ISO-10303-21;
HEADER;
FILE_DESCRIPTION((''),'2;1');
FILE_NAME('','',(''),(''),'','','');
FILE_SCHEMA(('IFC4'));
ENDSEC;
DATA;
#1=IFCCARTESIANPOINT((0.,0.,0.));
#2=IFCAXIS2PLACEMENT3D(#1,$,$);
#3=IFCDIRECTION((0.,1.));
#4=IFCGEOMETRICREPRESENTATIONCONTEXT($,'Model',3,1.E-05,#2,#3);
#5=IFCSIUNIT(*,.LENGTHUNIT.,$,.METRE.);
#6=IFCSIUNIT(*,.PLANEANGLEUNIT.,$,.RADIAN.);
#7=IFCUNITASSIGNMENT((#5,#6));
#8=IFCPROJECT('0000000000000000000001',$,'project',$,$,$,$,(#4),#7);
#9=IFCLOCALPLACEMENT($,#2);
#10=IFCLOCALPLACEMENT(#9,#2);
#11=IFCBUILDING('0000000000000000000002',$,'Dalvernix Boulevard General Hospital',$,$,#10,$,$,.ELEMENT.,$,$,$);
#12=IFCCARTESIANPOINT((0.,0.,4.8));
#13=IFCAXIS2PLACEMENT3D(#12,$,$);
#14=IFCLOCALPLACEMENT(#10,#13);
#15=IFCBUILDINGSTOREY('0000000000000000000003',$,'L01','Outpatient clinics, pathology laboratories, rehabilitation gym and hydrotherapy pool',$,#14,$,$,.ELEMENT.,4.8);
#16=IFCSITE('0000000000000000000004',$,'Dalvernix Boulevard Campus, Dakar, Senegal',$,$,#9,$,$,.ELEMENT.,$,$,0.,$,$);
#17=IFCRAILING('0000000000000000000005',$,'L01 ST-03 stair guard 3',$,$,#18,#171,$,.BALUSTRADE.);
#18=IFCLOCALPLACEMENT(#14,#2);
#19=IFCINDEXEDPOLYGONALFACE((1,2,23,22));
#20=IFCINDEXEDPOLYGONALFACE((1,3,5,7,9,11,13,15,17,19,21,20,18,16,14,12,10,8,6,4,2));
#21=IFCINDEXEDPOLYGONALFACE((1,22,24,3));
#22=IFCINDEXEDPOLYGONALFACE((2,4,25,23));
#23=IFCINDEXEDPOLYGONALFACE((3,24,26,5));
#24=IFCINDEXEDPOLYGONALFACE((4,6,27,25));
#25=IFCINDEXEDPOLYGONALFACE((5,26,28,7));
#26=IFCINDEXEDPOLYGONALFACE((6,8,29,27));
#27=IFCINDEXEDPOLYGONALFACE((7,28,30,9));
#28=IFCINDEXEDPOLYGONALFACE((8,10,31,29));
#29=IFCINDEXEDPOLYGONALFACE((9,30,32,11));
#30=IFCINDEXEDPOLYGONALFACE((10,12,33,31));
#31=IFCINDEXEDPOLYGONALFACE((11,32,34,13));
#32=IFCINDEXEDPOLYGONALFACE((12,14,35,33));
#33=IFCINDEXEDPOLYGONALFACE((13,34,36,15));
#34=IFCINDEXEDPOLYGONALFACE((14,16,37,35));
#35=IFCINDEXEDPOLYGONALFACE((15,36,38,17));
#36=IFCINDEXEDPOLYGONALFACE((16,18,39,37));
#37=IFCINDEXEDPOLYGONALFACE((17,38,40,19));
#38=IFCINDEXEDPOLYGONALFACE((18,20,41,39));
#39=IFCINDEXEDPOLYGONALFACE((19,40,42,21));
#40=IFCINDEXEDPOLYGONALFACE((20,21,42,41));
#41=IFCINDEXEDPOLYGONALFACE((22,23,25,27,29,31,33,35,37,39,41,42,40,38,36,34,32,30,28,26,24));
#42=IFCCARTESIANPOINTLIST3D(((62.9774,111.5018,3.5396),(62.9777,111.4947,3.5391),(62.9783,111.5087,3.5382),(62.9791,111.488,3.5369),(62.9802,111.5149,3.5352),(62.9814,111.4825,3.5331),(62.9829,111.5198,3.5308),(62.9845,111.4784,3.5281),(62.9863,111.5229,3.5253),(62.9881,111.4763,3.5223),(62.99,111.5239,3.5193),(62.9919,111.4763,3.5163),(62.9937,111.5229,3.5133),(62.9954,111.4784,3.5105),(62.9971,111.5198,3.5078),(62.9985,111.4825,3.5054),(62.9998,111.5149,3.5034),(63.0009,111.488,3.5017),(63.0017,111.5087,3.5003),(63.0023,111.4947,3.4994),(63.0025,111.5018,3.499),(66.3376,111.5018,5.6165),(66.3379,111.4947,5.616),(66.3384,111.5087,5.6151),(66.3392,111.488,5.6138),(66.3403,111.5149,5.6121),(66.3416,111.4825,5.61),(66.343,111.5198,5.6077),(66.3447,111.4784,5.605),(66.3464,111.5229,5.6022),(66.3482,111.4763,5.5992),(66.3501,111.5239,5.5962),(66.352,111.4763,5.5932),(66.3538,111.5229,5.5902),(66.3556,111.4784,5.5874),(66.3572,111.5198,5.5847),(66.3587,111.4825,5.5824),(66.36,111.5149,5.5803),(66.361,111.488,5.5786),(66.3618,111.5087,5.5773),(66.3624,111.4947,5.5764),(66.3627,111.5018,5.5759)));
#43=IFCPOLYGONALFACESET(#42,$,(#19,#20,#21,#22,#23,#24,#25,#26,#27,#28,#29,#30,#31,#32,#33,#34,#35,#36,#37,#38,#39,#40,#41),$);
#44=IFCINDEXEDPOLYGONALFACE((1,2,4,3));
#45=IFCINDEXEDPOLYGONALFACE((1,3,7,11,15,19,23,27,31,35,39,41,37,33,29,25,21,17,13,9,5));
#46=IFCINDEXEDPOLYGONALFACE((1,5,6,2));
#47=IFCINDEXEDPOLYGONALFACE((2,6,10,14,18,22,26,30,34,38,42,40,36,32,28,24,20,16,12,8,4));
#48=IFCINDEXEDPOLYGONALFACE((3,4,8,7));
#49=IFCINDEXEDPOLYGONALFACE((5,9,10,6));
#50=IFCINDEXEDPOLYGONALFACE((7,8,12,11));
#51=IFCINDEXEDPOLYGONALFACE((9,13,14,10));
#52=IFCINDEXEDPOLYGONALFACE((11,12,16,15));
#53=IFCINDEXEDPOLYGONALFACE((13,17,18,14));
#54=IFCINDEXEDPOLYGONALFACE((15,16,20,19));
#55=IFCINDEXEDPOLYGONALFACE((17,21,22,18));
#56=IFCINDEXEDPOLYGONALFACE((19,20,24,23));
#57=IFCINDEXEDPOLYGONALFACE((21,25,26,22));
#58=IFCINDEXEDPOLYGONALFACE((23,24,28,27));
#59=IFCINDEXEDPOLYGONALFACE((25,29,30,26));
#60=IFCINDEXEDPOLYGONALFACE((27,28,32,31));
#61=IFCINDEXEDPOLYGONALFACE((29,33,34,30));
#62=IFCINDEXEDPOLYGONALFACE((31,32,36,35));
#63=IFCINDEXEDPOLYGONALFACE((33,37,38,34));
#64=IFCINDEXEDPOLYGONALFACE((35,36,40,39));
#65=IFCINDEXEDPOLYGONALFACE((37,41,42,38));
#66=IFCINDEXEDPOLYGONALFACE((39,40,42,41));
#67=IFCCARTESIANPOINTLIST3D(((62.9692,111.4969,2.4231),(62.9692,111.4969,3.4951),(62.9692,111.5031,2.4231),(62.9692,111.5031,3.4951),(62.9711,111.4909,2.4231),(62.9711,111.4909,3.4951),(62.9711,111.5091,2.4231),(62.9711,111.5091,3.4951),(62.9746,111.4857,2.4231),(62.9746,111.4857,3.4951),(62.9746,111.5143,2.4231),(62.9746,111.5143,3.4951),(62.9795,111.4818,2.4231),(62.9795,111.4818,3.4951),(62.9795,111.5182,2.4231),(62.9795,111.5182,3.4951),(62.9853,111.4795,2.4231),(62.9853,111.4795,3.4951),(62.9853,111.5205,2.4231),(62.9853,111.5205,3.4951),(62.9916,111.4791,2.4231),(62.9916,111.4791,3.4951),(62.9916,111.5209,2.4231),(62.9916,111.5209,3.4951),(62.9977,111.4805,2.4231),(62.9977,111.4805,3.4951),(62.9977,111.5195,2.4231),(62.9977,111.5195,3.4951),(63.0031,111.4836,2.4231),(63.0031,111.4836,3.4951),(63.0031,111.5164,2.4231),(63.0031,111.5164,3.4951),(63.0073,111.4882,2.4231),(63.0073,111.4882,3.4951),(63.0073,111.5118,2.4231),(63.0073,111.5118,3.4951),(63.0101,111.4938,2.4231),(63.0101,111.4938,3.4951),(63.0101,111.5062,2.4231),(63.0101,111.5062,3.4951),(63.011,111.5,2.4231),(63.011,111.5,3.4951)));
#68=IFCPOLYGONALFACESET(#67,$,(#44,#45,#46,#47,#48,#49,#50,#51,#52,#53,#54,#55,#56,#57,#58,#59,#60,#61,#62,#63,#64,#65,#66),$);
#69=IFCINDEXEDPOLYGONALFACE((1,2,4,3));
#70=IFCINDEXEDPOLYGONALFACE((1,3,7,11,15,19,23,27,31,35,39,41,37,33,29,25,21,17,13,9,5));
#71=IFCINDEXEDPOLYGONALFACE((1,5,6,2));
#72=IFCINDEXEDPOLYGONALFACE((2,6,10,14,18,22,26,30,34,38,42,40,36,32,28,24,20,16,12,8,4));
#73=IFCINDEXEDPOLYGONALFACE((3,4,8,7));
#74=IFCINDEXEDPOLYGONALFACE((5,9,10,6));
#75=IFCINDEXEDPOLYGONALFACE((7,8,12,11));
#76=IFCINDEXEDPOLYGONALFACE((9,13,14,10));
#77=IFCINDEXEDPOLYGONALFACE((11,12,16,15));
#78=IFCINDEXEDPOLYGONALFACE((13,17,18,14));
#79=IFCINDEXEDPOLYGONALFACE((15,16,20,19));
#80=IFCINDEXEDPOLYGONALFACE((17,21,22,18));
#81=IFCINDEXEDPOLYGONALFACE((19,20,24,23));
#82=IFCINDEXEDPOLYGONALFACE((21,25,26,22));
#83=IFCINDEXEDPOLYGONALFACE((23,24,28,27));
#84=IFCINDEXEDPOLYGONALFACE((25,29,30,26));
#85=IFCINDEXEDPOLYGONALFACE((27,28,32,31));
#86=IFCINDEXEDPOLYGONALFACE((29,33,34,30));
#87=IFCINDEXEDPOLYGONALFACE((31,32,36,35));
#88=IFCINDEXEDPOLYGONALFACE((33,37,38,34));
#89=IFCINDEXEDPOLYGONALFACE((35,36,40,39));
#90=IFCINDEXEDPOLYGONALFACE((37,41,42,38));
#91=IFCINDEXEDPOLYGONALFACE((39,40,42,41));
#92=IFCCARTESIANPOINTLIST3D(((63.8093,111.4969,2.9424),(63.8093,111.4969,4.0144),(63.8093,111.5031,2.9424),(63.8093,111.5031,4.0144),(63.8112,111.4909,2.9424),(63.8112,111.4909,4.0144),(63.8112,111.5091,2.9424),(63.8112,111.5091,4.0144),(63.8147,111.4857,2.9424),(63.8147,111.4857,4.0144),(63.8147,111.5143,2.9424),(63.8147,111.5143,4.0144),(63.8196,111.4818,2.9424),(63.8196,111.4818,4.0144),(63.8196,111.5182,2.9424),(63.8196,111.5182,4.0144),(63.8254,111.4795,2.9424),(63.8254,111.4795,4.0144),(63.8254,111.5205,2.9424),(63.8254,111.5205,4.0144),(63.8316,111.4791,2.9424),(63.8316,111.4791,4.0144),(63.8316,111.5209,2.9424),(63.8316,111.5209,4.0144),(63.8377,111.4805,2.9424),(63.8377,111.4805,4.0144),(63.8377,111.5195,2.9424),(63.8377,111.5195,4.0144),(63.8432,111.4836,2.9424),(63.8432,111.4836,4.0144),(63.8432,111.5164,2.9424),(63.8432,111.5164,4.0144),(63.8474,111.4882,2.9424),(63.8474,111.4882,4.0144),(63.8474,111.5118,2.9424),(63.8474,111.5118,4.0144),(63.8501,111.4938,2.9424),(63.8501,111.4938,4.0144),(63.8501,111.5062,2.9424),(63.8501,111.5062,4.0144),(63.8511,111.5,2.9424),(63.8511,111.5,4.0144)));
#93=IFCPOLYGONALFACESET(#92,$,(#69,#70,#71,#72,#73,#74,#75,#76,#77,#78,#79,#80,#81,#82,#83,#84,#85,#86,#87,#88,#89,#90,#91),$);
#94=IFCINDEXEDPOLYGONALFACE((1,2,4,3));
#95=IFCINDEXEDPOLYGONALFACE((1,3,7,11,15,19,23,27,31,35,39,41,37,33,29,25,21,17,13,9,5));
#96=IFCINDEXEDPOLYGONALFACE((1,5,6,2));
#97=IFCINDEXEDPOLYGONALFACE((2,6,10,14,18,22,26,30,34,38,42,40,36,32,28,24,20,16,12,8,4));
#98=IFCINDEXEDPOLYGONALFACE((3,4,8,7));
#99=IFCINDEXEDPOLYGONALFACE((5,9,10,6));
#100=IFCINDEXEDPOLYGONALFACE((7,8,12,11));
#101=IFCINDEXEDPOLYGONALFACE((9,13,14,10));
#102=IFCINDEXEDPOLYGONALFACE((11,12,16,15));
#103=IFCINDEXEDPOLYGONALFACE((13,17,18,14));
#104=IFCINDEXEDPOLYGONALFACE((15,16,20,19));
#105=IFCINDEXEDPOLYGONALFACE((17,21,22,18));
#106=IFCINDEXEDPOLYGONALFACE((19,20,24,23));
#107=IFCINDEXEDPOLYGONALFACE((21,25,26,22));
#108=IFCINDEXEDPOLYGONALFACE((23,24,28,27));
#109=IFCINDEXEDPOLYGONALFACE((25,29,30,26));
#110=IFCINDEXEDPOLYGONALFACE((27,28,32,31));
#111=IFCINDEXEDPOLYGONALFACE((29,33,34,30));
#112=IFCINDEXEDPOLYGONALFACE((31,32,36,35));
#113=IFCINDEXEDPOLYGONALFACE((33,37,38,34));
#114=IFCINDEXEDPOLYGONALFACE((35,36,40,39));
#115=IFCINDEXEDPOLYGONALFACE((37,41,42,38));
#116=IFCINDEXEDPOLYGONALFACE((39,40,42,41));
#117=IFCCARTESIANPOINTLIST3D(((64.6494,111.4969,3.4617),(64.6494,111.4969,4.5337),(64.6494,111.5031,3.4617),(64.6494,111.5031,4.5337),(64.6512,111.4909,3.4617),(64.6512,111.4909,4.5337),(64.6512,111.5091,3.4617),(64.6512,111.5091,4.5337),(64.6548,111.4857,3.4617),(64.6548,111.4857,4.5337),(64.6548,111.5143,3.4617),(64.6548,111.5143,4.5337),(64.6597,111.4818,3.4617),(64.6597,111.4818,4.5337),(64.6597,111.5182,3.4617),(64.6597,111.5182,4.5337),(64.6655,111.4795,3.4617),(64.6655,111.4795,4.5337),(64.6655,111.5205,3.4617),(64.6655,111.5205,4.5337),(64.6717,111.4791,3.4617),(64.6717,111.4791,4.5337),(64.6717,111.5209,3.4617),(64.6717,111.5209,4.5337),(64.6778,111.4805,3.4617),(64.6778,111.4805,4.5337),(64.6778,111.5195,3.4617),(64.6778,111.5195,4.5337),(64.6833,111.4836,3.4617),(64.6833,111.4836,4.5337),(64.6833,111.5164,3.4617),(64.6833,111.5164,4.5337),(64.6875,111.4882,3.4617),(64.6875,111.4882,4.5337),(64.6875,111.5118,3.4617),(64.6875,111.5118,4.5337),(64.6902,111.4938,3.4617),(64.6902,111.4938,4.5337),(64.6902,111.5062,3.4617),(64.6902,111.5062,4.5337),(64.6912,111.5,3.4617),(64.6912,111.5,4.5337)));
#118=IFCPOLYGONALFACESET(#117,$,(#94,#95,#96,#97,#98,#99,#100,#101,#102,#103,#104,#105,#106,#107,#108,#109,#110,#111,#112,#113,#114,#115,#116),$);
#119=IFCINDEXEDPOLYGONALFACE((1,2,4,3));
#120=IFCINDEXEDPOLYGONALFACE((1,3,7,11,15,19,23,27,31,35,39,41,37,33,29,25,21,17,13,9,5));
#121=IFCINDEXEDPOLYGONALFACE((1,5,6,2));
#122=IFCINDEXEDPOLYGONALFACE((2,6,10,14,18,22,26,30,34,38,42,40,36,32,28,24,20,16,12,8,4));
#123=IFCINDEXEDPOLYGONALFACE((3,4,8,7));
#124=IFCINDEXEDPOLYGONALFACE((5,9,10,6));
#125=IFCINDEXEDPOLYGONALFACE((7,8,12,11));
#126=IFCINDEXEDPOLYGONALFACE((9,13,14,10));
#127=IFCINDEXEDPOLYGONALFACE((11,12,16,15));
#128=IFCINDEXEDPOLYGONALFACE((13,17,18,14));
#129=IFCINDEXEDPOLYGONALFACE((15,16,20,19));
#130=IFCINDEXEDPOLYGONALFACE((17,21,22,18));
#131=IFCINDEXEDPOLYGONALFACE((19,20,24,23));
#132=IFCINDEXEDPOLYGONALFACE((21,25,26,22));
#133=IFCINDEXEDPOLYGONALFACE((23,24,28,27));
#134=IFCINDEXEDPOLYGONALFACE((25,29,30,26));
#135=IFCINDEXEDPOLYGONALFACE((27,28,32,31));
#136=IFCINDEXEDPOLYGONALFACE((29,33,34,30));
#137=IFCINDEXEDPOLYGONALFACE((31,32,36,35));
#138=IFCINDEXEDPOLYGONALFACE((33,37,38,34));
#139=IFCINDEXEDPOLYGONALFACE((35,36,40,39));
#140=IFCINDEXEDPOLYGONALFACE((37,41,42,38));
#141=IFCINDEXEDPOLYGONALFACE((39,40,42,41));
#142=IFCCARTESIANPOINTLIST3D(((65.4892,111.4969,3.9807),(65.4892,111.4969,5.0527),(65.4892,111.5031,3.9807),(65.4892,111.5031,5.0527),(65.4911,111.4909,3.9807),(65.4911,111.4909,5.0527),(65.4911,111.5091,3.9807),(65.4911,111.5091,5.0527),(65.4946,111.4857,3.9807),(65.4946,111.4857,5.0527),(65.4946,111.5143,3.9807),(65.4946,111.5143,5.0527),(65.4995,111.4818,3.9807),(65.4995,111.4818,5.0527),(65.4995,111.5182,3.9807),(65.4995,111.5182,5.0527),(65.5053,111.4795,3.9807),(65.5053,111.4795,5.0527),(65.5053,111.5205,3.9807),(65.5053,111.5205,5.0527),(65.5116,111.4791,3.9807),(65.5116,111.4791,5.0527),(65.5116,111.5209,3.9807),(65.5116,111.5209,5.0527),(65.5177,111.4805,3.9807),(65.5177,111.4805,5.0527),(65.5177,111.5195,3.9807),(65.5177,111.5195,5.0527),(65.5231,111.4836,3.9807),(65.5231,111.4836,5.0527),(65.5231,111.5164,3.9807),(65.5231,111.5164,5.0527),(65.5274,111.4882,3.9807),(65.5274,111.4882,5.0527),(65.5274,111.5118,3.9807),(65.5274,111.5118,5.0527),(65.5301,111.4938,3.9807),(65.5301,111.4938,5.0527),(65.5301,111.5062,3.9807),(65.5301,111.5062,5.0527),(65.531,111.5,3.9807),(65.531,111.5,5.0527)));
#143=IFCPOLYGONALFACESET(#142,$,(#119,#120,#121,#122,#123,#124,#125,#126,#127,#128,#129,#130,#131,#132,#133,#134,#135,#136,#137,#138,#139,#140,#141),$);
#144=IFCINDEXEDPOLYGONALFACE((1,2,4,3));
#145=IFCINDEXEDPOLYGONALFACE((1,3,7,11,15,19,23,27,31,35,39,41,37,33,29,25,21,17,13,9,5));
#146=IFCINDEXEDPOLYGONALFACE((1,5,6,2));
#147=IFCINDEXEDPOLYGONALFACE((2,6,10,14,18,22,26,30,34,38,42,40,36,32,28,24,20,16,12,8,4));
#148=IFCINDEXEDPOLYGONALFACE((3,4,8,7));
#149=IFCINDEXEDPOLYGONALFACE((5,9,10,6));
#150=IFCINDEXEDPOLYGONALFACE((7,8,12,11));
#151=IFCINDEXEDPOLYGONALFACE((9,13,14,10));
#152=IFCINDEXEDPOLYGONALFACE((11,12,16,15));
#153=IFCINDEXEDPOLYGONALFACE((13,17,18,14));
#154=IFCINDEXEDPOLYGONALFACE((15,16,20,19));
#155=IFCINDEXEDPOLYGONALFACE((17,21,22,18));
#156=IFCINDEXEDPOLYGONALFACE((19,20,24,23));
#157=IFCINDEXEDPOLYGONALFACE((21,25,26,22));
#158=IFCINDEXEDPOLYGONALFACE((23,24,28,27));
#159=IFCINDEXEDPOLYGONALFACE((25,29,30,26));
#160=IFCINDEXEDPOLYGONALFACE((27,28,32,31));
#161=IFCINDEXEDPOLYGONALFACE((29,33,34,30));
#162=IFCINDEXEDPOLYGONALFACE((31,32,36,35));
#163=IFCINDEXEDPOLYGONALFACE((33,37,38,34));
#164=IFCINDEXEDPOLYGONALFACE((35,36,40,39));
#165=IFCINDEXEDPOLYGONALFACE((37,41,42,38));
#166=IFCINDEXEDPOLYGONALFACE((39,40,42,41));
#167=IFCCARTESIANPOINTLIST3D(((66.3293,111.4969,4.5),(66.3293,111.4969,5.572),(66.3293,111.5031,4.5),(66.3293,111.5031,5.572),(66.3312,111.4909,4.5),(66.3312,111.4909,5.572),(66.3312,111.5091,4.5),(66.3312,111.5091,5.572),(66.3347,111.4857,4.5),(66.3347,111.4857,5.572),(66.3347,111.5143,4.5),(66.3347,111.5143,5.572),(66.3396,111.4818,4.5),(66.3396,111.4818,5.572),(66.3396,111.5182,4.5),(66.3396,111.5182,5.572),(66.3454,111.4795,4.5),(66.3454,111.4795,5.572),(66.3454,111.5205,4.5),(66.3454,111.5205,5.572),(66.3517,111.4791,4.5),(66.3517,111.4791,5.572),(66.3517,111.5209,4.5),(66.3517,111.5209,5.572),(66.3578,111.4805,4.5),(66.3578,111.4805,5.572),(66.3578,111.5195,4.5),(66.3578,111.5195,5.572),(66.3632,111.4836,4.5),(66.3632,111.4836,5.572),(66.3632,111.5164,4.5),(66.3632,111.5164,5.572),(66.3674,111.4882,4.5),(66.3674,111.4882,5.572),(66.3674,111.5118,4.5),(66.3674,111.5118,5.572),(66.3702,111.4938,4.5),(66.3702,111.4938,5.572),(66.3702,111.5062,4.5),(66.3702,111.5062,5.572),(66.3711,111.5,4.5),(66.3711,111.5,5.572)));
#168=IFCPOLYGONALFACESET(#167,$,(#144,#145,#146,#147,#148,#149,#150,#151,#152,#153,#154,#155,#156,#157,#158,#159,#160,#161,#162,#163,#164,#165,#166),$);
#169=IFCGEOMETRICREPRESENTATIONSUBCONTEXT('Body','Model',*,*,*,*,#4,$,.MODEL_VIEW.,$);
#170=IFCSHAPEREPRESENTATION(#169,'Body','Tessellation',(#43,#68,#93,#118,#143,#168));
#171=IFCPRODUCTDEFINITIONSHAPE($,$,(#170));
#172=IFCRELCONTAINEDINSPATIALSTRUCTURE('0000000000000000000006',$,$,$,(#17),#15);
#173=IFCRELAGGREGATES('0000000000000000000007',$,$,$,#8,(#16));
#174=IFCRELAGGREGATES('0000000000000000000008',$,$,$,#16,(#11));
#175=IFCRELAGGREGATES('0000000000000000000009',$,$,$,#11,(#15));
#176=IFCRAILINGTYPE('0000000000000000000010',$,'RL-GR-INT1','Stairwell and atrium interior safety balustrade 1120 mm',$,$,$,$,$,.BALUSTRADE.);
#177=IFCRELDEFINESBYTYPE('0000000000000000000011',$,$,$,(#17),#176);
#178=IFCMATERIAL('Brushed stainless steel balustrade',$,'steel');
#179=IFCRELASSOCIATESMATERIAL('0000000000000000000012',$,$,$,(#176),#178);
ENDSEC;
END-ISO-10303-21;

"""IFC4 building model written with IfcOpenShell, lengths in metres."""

from ifc_helpers import new_model, si_unit, direction, frame, origin, origin_2d, place, context, subcontext, project, spatial, circle, extrude, material, type_object, element, save


model = new_model("IFC4")

# Units and contexts
model_context = context("Model", 3, precision=1e-05, world=origin(), true_north=direction((0.0, 1.0)))
body_context = subcontext(model_context, "Body", "Model", "MODEL_VIEW")
ifc_project = project(units=[si_unit("LENGTHUNIT", "METRE"), si_unit("PLANEANGLEUNIT", "RADIAN")], contexts=[model_context])

# Site, building, storey
site_placement = place(None, origin())
site = spatial("IfcSite", under=ifc_project, at=site_placement, Name="Dalvernix Boulevard Campus, Dakar, Senegal", CompositionType="ELEMENT", RefElevation=0.0)
building_placement = place(site_placement, origin())
building = spatial("IfcBuilding", under=site, at=building_placement, Name="Dalvernix Boulevard General Hospital", CompositionType="ELEMENT")
storey_placement = place(building_placement, frame((0.0, 0.0, 4.8)))
storey = spatial("IfcBuildingStorey", under=building, at=storey_placement, Name="L01", Description="Outpatient clinics, pathology laboratories, rehabilitation gym and hydrotherapy pool", CompositionType="ELEMENT", Elevation=4.8)

# Railing
ifc_material_1 = material(Name="Brushed stainless steel balustrade", Category="steel")
railing_type_1 = type_object("IfcRailingType", Name="RL-GR-INT1", Description="Stairwell and atrium interior safety balustrade 1120 mm", PredefinedType="BALUSTRADE", material=ifc_material_1)
railing_1_placement = place(storey_placement, frame((62.99, 111.5, 2.4231)))
element("IfcRailing", 1, at=railing_1_placement, inside=storey, type_object=railing_type_1, Name="L01 ST-03 stair guard 3", PredefinedType="BALUSTRADE", context=body_context, shape_type="SweptSolid", body=[
    extrude(circle(Radius=0.0239, at=origin_2d()), frame((0.0, 0.0, 1.0962), z_axis=(0.850623, 0.0, 0.525776), x_axis=(0.0, 1.0, 0.0)), (0.0, 0.0, 1.0), 3.9502),
    extrude(circle(Radius=0.021, at=origin_2d()), origin(), (0.0, 0.0, 1.0), 1.072),
    extrude(circle(Radius=0.021, at=origin_2d()), frame((0.8401, 0.0, 0.5193)), (0.0, 0.0, 1.0), 1.072),
    extrude(circle(Radius=0.021, at=origin_2d()), frame((1.6802, 0.0, 1.0386)), (0.0, 0.0, 1.0), 1.072),
    extrude(circle(Radius=0.021, at=origin_2d()), frame((2.52, 0.0, 1.5576)), (0.0, 0.0, 1.0), 1.072),
    extrude(circle(Radius=0.021, at=origin_2d()), frame((3.3601, 0.0, 2.0769)), (0.0, 0.0, 1.0), 1.072),
])

save(model, "model.ifc")
